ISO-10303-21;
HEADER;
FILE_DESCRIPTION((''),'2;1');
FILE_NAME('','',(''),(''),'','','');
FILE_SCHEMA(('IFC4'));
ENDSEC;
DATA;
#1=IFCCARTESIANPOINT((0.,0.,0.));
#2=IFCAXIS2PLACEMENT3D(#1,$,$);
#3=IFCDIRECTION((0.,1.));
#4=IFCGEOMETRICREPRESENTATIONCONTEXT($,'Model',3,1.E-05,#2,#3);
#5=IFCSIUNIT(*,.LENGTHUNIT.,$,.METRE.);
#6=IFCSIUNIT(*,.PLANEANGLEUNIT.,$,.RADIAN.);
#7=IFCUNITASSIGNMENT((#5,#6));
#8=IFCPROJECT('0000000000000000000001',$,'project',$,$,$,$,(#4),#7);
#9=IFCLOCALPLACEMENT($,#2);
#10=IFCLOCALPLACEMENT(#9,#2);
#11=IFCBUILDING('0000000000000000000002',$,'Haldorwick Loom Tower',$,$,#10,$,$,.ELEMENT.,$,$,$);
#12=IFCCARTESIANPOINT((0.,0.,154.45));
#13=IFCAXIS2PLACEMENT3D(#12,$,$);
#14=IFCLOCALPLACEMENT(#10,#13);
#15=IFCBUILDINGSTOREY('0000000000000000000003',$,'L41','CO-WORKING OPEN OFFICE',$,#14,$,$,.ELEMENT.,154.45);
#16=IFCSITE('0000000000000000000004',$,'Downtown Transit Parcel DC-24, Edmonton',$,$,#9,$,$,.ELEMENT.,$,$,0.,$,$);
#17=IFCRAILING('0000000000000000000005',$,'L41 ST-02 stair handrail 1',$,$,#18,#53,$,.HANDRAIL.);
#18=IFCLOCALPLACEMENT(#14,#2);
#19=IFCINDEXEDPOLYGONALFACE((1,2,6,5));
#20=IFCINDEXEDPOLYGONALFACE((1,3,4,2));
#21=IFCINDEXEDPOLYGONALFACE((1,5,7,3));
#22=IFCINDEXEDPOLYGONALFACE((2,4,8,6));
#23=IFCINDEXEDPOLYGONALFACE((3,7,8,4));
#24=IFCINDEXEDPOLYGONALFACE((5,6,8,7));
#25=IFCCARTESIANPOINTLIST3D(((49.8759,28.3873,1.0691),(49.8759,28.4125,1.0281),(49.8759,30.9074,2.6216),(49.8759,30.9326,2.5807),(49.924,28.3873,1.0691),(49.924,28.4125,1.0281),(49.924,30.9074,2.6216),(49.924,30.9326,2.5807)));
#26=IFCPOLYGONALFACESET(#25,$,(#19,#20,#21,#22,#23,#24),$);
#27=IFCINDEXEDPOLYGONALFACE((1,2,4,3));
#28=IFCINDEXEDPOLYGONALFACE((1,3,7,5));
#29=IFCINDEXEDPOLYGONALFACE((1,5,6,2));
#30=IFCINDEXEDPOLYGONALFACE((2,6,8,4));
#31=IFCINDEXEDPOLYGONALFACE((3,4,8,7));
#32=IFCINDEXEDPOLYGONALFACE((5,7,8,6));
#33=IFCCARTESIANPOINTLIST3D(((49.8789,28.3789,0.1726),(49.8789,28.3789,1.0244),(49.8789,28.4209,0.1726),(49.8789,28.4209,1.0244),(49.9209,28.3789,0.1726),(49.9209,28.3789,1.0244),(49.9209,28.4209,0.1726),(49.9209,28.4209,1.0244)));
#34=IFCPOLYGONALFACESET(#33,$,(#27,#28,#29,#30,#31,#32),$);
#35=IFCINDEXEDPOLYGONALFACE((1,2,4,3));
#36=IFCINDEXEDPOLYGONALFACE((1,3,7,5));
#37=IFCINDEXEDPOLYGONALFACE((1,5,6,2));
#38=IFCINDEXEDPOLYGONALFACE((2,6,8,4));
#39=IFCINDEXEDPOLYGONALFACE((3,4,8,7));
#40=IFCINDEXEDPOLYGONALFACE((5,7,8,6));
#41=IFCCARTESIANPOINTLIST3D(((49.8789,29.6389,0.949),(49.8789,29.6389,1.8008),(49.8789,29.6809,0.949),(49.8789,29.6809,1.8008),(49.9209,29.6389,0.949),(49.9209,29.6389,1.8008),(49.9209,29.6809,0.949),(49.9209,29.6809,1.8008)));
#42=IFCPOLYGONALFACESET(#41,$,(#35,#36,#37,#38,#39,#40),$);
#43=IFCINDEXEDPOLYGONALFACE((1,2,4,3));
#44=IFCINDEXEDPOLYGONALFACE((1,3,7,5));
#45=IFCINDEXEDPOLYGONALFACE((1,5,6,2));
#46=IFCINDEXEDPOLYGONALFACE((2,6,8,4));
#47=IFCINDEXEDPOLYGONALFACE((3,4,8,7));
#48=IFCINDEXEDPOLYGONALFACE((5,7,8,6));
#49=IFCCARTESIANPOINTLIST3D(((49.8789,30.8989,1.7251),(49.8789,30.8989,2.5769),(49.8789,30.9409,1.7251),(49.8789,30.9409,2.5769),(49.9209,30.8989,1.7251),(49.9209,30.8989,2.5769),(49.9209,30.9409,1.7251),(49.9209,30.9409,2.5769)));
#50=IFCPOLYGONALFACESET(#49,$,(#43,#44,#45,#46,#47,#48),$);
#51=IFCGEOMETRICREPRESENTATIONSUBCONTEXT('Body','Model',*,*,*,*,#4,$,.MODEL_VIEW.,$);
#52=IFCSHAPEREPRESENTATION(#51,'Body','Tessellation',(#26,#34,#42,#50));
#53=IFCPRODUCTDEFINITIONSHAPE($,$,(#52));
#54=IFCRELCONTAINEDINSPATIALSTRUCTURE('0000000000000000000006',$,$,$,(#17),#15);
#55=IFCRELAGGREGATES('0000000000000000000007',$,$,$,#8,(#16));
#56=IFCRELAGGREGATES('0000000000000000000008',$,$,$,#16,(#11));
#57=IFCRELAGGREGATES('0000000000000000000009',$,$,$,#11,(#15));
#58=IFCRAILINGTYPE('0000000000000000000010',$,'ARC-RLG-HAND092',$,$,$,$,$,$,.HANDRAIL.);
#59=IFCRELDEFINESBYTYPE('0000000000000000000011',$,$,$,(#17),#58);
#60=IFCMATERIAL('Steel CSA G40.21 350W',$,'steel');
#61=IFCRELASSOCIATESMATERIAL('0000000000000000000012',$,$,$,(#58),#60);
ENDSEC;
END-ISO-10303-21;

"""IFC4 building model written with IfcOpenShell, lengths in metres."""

from ifc_helpers import new_model, si_unit, direction, frame, origin, origin_2d, place, context, subcontext, project, spatial, rectangle, extrude, material, type_object, element, save


model = new_model("IFC4")

# Units and contexts
model_context = context("Model", 3, precision=1e-05, world=origin(), true_north=direction((0.0, 1.0)))
body_context = subcontext(model_context, "Body", "Model", "MODEL_VIEW")
ifc_project = project(units=[si_unit("LENGTHUNIT", "METRE"), si_unit("PLANEANGLEUNIT", "RADIAN")], contexts=[model_context])

# Site, building, storey
site_placement = place(None, origin())
site = spatial("IfcSite", under=ifc_project, at=site_placement, Name="Downtown Transit Parcel DC-24, Edmonton", CompositionType="ELEMENT", RefElevation=0.0)
building_placement = place(site_placement, origin())
building = spatial("IfcBuilding", under=site, at=building_placement, Name="Haldorwick Loom Tower", CompositionType="ELEMENT")
storey_placement = place(building_placement, frame((0.0, 0.0, 154.45)))
storey = spatial("IfcBuildingStorey", under=building, at=storey_placement, Name="L41", Description="CO-WORKING OPEN OFFICE", CompositionType="ELEMENT", Elevation=154.45)

# Shared definitions
ifc_material_1 = material(Name="Steel CSA G40.21 350W", Category="steel")

# Railing
railing_type_1 = type_object("IfcRailingType", Name="ARC-RLG-HAND092", PredefinedType="HANDRAIL", material=ifc_material_1)
railing_1_placement = place(storey_placement, frame((49.8999, 28.3999, 0.1726)))
element("IfcRailing", 1, at=railing_1_placement, inside=storey, type_object=railing_type_1, Name="L41 ST-02 stair handrail 1", PredefinedType="HANDRAIL", context=body_context, shape_type="SweptSolid", body=[
    extrude(rectangle(XDim=0.0481, YDim=0.0481, at=origin_2d()), frame((0.0, 0.0, 0.876), z_axis=(0.0, 0.8514, 0.524516), x_axis=(-1.0, 0.0, 0.0)), (0.0, 0.0, 1.0), 2.96),
    extrude(rectangle(XDim=0.042, YDim=0.042, at=origin_2d()), origin(), (0.0, 0.0, 1.0), 0.8518),
    extrude(rectangle(XDim=0.042, YDim=0.042, at=origin_2d()), frame((0.0, 1.26, 0.7764)), (0.0, 0.0, 1.0), 0.8518),
    extrude(rectangle(XDim=0.042, YDim=0.042, at=origin_2d()), frame((0.0, 2.52, 1.5525)), (0.0, 0.0, 1.0), 0.8518),
])

save(model, "model.ifc")
